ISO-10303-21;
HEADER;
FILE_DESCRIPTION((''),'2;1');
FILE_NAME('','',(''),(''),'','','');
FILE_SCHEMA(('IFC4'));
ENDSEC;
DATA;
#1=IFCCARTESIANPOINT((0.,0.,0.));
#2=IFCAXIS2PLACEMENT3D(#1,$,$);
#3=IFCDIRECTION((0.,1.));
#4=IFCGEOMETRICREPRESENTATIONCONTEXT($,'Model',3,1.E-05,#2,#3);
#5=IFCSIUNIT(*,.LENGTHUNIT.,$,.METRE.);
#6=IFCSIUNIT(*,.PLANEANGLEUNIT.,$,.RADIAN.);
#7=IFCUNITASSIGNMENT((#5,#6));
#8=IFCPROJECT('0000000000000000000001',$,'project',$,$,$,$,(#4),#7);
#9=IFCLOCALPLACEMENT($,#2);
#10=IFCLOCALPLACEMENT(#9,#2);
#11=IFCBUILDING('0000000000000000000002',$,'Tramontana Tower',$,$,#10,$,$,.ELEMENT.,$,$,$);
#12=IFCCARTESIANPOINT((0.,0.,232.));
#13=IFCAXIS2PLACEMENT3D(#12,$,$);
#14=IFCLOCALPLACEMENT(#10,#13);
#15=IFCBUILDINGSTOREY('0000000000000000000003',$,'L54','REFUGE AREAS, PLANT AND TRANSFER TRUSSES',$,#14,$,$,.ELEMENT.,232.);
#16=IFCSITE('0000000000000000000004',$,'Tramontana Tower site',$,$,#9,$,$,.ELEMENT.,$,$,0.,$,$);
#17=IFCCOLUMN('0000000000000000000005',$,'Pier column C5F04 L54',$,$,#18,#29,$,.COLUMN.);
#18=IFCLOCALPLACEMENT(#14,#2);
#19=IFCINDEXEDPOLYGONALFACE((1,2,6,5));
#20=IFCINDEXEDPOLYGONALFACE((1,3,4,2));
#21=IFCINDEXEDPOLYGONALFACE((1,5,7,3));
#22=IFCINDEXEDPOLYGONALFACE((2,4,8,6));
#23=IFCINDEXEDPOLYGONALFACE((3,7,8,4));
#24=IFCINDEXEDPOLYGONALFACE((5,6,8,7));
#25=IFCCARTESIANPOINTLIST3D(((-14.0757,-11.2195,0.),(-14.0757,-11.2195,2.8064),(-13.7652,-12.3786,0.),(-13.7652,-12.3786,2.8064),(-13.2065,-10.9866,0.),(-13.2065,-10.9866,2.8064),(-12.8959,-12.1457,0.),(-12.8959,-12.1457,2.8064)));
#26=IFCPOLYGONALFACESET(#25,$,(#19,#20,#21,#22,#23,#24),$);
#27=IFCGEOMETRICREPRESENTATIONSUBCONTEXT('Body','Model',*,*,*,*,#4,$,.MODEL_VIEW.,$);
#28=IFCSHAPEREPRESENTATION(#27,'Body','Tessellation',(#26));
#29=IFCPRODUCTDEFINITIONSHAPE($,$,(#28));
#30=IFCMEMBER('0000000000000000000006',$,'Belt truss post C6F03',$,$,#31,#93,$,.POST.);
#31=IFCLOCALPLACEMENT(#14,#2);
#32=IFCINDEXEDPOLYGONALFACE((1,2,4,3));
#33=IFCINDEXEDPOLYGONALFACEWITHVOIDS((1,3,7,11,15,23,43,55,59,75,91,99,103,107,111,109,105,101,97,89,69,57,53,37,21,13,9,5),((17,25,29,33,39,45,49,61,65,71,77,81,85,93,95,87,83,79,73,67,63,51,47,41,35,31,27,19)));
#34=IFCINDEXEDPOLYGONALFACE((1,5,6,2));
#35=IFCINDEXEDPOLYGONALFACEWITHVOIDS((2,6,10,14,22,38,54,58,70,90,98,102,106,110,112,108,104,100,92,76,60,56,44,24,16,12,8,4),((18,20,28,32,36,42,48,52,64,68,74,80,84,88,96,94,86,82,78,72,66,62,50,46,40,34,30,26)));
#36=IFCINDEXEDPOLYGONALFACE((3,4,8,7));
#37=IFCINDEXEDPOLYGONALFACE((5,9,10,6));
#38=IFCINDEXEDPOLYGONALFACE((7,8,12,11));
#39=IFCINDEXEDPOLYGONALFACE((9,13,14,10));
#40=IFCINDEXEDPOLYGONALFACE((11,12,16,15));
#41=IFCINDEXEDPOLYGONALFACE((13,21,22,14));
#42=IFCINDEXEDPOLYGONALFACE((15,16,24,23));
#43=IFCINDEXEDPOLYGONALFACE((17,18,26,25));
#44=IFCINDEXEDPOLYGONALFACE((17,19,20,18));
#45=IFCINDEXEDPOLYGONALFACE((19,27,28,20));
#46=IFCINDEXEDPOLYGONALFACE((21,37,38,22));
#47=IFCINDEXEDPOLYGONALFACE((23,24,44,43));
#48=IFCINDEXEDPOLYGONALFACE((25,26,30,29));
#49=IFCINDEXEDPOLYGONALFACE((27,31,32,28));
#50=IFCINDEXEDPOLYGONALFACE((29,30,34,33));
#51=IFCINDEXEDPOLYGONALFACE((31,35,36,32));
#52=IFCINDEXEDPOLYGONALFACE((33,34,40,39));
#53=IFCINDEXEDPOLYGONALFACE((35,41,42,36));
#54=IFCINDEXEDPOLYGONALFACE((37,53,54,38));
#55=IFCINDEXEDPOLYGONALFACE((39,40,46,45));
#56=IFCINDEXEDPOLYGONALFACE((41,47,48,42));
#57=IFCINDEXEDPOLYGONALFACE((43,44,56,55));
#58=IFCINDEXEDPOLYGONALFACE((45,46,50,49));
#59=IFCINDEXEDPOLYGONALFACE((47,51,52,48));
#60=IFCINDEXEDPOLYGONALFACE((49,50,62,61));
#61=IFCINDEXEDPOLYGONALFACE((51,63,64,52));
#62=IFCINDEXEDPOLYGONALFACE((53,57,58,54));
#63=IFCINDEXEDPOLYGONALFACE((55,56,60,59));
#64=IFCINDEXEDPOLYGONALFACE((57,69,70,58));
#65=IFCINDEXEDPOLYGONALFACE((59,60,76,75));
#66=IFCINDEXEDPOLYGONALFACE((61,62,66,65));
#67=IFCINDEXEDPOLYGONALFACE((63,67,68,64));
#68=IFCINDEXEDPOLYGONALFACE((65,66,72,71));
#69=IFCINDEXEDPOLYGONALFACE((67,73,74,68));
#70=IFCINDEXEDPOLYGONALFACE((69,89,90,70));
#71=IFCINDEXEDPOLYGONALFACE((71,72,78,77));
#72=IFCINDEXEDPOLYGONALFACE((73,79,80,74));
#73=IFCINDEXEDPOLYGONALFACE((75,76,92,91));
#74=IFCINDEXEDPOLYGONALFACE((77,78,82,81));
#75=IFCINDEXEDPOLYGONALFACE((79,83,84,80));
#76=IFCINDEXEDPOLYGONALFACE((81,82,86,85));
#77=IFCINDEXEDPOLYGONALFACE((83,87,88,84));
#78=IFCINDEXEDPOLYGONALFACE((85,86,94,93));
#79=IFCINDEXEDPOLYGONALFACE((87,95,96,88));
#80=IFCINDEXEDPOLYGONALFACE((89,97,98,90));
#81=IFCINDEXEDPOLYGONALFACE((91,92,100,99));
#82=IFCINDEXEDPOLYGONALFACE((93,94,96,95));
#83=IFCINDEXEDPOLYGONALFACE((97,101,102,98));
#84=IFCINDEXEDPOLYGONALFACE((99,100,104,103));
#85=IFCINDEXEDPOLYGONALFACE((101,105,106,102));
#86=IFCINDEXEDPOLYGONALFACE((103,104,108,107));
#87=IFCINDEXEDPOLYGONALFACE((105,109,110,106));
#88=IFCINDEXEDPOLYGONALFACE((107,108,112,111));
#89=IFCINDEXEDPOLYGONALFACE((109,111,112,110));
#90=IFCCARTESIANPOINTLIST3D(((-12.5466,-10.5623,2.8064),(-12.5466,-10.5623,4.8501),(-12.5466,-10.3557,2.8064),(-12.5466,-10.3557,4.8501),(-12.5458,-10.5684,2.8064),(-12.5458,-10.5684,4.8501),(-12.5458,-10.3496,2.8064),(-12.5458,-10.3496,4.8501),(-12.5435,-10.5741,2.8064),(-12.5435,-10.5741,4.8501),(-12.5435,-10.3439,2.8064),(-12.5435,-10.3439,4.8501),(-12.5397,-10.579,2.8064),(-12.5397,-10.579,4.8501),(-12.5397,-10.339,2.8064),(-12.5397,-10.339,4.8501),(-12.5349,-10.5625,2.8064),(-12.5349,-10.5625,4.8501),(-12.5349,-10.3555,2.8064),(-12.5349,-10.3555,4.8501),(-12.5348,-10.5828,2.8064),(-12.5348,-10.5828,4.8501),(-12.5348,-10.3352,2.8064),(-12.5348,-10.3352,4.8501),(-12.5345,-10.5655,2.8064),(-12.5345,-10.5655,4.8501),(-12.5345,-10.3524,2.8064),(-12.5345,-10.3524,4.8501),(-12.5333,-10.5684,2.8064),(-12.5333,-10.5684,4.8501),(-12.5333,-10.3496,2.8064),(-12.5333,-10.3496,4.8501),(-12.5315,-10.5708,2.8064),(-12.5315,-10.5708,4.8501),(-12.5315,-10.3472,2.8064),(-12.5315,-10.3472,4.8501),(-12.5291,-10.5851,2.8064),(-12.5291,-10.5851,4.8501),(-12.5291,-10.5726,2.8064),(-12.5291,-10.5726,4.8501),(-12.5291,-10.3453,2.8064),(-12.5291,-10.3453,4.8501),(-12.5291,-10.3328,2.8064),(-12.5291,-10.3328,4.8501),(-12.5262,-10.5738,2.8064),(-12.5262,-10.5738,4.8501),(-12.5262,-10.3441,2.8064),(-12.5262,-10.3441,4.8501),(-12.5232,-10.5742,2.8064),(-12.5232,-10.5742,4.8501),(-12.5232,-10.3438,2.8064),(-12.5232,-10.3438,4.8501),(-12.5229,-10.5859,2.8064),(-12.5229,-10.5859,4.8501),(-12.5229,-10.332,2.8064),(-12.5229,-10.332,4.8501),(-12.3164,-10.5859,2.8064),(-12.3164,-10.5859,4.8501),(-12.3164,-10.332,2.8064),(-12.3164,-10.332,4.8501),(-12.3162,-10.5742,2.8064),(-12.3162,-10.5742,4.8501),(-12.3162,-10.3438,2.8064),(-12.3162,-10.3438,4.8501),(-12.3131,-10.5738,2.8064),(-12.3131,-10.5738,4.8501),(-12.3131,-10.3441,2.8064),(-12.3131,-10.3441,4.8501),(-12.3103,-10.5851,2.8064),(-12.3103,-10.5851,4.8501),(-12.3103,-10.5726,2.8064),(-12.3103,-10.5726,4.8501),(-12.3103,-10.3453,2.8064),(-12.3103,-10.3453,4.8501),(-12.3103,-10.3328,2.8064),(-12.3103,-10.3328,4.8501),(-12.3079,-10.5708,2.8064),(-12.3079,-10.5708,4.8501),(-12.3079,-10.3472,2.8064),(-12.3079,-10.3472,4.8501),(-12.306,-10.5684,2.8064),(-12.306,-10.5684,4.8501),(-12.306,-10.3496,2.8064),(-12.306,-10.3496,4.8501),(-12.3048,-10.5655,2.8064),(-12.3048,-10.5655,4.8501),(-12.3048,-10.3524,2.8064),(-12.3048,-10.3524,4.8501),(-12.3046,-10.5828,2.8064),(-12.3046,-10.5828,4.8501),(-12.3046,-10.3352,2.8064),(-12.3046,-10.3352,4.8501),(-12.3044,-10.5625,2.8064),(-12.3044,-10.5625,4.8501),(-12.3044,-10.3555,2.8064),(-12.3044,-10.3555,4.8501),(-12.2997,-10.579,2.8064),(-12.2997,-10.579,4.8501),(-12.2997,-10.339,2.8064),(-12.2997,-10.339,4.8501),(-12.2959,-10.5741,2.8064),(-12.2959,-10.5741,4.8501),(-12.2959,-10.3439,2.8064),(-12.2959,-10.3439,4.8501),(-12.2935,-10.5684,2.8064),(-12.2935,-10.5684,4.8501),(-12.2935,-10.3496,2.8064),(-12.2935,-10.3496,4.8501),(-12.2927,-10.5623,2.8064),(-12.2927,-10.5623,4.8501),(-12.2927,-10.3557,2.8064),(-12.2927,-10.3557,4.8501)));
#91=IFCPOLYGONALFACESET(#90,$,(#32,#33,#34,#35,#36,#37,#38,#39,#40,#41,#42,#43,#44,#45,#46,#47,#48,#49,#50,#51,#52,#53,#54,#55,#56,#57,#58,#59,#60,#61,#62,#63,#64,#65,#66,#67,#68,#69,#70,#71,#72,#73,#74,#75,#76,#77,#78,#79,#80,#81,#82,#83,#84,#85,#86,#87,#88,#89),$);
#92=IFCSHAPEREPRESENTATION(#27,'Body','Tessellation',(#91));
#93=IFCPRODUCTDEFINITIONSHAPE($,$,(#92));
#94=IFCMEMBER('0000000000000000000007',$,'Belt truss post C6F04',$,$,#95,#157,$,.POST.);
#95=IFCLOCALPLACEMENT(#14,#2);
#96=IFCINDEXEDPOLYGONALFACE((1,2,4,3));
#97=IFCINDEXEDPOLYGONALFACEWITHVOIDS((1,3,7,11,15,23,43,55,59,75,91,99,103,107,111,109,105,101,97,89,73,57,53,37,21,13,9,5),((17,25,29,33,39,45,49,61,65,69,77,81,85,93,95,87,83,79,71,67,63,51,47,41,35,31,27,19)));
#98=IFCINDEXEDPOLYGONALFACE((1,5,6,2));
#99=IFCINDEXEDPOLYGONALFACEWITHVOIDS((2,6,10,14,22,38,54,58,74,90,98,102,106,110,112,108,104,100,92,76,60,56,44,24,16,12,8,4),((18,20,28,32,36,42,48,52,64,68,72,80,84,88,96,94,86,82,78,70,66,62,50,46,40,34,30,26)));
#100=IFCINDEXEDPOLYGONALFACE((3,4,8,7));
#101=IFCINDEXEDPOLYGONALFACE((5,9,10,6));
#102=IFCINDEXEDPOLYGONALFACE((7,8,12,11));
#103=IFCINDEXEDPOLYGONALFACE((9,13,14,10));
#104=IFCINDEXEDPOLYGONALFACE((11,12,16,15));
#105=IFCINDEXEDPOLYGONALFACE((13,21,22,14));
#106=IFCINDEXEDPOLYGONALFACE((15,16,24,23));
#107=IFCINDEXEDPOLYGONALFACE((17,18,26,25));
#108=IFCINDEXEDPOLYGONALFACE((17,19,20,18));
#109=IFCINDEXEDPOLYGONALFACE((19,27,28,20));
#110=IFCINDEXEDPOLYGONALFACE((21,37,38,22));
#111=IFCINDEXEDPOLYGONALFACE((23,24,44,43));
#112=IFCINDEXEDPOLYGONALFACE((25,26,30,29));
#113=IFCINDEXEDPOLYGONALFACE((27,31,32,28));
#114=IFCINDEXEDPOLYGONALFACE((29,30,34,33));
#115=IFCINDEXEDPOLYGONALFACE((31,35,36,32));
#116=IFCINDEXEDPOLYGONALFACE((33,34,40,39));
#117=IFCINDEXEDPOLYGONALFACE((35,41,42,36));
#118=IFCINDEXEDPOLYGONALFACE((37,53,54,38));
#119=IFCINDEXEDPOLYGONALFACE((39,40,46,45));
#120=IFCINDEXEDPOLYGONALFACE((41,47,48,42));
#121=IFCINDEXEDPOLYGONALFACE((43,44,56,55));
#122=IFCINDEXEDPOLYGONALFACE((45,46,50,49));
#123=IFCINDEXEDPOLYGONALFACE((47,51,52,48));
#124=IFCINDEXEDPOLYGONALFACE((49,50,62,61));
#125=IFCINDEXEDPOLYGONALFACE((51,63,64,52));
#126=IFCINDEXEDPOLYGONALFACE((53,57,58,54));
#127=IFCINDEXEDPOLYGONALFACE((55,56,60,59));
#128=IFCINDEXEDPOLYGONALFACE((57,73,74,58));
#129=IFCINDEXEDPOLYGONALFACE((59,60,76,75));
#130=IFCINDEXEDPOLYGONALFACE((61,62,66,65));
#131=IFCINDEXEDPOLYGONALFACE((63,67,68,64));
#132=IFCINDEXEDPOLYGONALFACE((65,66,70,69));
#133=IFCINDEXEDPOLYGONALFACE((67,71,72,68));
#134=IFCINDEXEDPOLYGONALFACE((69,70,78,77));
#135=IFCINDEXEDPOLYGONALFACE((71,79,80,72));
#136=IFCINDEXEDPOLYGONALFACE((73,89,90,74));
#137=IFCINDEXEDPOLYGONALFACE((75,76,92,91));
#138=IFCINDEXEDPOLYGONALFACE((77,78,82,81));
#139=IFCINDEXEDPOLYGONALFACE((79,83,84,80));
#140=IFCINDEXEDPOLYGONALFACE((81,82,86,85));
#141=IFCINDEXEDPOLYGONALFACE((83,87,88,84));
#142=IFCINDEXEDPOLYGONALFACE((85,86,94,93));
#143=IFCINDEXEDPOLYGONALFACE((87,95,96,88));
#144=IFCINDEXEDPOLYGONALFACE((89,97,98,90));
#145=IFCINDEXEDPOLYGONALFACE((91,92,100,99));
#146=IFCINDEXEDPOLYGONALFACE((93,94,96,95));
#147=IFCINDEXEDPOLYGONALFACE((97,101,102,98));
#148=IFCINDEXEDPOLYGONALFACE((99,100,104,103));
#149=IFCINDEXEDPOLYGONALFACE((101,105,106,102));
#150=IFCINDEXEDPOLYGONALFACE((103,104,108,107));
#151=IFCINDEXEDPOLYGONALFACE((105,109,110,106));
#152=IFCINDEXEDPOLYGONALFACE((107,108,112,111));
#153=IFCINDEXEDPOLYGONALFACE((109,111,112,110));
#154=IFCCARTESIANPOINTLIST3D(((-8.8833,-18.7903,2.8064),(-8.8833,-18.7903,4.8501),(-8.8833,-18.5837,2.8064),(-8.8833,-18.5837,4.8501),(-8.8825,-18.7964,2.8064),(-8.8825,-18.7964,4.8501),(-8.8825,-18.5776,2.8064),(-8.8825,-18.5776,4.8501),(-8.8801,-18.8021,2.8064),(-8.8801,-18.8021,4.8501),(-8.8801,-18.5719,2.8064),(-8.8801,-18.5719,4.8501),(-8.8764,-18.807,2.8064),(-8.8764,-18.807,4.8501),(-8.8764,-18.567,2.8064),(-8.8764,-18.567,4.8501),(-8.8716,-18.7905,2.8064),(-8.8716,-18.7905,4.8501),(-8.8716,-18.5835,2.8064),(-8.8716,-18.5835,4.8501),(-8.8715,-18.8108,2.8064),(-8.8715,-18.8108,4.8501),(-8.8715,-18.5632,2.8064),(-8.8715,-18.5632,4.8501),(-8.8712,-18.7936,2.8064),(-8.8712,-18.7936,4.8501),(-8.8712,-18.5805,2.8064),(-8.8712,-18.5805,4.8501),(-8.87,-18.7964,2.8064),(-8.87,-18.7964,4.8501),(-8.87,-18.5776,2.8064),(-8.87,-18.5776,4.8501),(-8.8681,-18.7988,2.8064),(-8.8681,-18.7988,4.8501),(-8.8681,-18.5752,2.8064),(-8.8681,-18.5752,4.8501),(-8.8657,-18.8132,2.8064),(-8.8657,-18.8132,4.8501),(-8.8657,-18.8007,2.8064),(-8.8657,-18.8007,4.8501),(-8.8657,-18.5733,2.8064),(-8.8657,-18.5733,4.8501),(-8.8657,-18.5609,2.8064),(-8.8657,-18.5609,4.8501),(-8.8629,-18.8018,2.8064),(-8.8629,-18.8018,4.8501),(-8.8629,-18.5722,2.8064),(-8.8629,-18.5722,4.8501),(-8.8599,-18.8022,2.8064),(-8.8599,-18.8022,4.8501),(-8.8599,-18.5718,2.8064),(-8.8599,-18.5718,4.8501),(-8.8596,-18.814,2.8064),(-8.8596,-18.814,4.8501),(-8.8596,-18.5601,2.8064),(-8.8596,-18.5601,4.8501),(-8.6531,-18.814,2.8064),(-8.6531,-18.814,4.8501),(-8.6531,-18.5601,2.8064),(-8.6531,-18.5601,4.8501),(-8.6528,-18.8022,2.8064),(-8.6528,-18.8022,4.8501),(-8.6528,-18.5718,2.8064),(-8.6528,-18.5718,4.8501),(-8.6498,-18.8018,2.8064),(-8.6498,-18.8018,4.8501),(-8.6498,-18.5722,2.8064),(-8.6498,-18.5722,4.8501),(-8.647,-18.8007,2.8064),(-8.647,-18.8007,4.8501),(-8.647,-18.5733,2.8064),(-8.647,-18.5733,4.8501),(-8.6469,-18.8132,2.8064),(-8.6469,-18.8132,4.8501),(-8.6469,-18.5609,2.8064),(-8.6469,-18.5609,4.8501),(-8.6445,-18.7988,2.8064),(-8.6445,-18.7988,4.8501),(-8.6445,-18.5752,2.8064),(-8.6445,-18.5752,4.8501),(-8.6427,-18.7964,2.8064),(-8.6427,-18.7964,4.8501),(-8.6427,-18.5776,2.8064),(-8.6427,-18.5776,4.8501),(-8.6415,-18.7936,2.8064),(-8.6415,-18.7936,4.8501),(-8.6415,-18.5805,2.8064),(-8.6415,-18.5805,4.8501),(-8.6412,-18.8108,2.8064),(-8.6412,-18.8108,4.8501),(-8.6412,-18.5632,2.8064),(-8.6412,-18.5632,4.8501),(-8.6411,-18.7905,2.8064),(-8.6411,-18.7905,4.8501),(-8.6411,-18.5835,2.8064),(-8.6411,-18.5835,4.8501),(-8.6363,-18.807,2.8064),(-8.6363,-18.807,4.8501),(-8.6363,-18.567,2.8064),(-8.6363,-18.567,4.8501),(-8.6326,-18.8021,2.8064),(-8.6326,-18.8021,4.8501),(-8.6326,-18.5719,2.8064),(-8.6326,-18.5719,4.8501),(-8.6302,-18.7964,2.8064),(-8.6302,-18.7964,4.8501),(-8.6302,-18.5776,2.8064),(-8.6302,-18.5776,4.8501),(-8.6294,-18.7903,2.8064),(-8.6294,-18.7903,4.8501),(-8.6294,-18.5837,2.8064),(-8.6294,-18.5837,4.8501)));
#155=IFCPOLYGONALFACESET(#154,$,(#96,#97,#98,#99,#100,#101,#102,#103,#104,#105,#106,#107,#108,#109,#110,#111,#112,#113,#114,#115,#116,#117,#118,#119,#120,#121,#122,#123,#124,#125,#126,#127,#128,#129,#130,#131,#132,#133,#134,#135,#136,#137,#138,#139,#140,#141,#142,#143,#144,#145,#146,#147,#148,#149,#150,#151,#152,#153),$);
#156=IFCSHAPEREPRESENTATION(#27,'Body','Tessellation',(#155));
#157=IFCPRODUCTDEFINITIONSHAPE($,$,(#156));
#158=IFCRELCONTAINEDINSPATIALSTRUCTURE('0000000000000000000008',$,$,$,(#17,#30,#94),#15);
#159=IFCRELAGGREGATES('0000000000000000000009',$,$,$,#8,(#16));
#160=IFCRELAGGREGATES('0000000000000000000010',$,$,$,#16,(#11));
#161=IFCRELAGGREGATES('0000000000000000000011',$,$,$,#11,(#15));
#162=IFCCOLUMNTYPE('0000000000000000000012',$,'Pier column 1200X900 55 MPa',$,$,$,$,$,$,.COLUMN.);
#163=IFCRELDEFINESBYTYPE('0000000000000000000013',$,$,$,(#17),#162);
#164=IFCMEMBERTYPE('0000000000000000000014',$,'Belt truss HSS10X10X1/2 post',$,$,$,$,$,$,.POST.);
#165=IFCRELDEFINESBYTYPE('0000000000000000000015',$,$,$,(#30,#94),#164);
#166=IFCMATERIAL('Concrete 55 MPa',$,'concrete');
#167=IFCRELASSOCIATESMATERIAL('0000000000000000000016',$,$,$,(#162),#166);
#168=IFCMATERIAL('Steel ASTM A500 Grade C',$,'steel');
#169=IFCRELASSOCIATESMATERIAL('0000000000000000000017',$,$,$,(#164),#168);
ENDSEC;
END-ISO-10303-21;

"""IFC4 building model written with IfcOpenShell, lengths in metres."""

from ifc_helpers import new_model, si_unit, direction, frame, origin, origin_2d, place, context, subcontext, project, spatial, rectangle, hollow_rectangle, extrude, material, material_profile, profile_set, type_object, element, save


model = new_model("IFC4")

# Units and contexts
model_context = context("Model", 3, precision=1e-05, world=origin(), true_north=direction((0.0, 1.0)))
body_context = subcontext(model_context, "Body", "Model", "MODEL_VIEW")
ifc_project = project(units=[si_unit("LENGTHUNIT", "METRE"), si_unit("PLANEANGLEUNIT", "RADIAN")], contexts=[model_context])

# Site, building, storey
site_placement = place(None, origin())
site = spatial("IfcSite", under=ifc_project, at=site_placement, Name="Tramontana Tower site", CompositionType="ELEMENT", RefElevation=0.0)
building_placement = place(site_placement, origin())
building = spatial("IfcBuilding", under=site, at=building_placement, Name="Tramontana Tower", CompositionType="ELEMENT")
storey_placement = place(building_placement, frame((0.0, 0.0, 232.0)))
storey = spatial("IfcBuildingStorey", under=building, at=storey_placement, Name="L54", Description="REFUGE AREAS, PLANT AND TRANSFER TRUSSES", CompositionType="ELEMENT", Elevation=232.0)

# Column
ifc_material_1 = material(Name="Concrete 55 MPa", Category="concrete")
ifc_material_profile_1 = material_profile(ifc_material_1, rectangle(XDim=1.2, YDim=0.8999, at=origin_2d()), Name="Pier column 1200X900 55 MPa")
ifc_profile_set_1 = profile_set([ifc_material_profile_1], Name="Concrete 55 MPa")
column_type = type_object("IfcColumnType", Name="Pier column 1200X900 55 MPa", PredefinedType="COLUMN", material=ifc_profile_set_1)
column_placement = place(storey_placement, frame((-13.4858, -11.6826, 0.0), z_axis=(0.0, 0.0, 1.0), x_axis=(0.258819, -0.965926, 0.0)))
element("IfcColumn", 1, at=column_placement, inside=storey, type_object=column_type, Name="Pier column C5F04 L54", PredefinedType="COLUMN", context=body_context, shape_type="SweptSolid", body=[
    extrude(rectangle(XDim=1.2, YDim=0.8999, at=origin_2d()), origin(), (0.0, 0.0, 1.0), 2.8064),
])

# Members
ifc_material_2 = material(Name="Steel ASTM A500 Grade C", Category="steel")
ifc_material_profile_2 = material_profile(ifc_material_2, hollow_rectangle(XDim=0.2539, YDim=0.2539, WallThickness=0.0117, InnerFilletRadius=0.0117, OuterFilletRadius=0.0237, at=origin_2d()), Name="HSS10X10X1/2")
ifc_profile_set_2 = profile_set([ifc_material_profile_2], Name="Steel ASTM A500 Grade C")
member_type_1 = type_object("IfcMemberType", Name="Belt truss HSS10X10X1/2 post", PredefinedType="POST", material=ifc_profile_set_2)
for number, where, z_axis, x_axis, name in (
    (2, (-12.4197, -10.459, 2.8064), (0.0, 0.0, 1.0), (1.0, 0.0, 0.0), "Belt truss post C6F03"),
    (3, (-8.7563, -18.687, 2.8064), (0.0, 0.0, 1.0), (1.0, 0.0, 0.0), "Belt truss post C6F04"),
):
    element("IfcMember", number, at=place(storey_placement, frame(where, z_axis=z_axis, x_axis=x_axis)), inside=storey, type_object=member_type_1, Name=name, PredefinedType="POST", context=body_context, shape_type="SweptSolid", body=[
        extrude(hollow_rectangle(XDim=0.2539, YDim=0.2539, WallThickness=0.0117, InnerFilletRadius=0.0117, OuterFilletRadius=0.0237, at=origin_2d()), origin(), (0.0, 0.0, 1.0), 2.0437),
    ])

save(model, "model.ifc")
